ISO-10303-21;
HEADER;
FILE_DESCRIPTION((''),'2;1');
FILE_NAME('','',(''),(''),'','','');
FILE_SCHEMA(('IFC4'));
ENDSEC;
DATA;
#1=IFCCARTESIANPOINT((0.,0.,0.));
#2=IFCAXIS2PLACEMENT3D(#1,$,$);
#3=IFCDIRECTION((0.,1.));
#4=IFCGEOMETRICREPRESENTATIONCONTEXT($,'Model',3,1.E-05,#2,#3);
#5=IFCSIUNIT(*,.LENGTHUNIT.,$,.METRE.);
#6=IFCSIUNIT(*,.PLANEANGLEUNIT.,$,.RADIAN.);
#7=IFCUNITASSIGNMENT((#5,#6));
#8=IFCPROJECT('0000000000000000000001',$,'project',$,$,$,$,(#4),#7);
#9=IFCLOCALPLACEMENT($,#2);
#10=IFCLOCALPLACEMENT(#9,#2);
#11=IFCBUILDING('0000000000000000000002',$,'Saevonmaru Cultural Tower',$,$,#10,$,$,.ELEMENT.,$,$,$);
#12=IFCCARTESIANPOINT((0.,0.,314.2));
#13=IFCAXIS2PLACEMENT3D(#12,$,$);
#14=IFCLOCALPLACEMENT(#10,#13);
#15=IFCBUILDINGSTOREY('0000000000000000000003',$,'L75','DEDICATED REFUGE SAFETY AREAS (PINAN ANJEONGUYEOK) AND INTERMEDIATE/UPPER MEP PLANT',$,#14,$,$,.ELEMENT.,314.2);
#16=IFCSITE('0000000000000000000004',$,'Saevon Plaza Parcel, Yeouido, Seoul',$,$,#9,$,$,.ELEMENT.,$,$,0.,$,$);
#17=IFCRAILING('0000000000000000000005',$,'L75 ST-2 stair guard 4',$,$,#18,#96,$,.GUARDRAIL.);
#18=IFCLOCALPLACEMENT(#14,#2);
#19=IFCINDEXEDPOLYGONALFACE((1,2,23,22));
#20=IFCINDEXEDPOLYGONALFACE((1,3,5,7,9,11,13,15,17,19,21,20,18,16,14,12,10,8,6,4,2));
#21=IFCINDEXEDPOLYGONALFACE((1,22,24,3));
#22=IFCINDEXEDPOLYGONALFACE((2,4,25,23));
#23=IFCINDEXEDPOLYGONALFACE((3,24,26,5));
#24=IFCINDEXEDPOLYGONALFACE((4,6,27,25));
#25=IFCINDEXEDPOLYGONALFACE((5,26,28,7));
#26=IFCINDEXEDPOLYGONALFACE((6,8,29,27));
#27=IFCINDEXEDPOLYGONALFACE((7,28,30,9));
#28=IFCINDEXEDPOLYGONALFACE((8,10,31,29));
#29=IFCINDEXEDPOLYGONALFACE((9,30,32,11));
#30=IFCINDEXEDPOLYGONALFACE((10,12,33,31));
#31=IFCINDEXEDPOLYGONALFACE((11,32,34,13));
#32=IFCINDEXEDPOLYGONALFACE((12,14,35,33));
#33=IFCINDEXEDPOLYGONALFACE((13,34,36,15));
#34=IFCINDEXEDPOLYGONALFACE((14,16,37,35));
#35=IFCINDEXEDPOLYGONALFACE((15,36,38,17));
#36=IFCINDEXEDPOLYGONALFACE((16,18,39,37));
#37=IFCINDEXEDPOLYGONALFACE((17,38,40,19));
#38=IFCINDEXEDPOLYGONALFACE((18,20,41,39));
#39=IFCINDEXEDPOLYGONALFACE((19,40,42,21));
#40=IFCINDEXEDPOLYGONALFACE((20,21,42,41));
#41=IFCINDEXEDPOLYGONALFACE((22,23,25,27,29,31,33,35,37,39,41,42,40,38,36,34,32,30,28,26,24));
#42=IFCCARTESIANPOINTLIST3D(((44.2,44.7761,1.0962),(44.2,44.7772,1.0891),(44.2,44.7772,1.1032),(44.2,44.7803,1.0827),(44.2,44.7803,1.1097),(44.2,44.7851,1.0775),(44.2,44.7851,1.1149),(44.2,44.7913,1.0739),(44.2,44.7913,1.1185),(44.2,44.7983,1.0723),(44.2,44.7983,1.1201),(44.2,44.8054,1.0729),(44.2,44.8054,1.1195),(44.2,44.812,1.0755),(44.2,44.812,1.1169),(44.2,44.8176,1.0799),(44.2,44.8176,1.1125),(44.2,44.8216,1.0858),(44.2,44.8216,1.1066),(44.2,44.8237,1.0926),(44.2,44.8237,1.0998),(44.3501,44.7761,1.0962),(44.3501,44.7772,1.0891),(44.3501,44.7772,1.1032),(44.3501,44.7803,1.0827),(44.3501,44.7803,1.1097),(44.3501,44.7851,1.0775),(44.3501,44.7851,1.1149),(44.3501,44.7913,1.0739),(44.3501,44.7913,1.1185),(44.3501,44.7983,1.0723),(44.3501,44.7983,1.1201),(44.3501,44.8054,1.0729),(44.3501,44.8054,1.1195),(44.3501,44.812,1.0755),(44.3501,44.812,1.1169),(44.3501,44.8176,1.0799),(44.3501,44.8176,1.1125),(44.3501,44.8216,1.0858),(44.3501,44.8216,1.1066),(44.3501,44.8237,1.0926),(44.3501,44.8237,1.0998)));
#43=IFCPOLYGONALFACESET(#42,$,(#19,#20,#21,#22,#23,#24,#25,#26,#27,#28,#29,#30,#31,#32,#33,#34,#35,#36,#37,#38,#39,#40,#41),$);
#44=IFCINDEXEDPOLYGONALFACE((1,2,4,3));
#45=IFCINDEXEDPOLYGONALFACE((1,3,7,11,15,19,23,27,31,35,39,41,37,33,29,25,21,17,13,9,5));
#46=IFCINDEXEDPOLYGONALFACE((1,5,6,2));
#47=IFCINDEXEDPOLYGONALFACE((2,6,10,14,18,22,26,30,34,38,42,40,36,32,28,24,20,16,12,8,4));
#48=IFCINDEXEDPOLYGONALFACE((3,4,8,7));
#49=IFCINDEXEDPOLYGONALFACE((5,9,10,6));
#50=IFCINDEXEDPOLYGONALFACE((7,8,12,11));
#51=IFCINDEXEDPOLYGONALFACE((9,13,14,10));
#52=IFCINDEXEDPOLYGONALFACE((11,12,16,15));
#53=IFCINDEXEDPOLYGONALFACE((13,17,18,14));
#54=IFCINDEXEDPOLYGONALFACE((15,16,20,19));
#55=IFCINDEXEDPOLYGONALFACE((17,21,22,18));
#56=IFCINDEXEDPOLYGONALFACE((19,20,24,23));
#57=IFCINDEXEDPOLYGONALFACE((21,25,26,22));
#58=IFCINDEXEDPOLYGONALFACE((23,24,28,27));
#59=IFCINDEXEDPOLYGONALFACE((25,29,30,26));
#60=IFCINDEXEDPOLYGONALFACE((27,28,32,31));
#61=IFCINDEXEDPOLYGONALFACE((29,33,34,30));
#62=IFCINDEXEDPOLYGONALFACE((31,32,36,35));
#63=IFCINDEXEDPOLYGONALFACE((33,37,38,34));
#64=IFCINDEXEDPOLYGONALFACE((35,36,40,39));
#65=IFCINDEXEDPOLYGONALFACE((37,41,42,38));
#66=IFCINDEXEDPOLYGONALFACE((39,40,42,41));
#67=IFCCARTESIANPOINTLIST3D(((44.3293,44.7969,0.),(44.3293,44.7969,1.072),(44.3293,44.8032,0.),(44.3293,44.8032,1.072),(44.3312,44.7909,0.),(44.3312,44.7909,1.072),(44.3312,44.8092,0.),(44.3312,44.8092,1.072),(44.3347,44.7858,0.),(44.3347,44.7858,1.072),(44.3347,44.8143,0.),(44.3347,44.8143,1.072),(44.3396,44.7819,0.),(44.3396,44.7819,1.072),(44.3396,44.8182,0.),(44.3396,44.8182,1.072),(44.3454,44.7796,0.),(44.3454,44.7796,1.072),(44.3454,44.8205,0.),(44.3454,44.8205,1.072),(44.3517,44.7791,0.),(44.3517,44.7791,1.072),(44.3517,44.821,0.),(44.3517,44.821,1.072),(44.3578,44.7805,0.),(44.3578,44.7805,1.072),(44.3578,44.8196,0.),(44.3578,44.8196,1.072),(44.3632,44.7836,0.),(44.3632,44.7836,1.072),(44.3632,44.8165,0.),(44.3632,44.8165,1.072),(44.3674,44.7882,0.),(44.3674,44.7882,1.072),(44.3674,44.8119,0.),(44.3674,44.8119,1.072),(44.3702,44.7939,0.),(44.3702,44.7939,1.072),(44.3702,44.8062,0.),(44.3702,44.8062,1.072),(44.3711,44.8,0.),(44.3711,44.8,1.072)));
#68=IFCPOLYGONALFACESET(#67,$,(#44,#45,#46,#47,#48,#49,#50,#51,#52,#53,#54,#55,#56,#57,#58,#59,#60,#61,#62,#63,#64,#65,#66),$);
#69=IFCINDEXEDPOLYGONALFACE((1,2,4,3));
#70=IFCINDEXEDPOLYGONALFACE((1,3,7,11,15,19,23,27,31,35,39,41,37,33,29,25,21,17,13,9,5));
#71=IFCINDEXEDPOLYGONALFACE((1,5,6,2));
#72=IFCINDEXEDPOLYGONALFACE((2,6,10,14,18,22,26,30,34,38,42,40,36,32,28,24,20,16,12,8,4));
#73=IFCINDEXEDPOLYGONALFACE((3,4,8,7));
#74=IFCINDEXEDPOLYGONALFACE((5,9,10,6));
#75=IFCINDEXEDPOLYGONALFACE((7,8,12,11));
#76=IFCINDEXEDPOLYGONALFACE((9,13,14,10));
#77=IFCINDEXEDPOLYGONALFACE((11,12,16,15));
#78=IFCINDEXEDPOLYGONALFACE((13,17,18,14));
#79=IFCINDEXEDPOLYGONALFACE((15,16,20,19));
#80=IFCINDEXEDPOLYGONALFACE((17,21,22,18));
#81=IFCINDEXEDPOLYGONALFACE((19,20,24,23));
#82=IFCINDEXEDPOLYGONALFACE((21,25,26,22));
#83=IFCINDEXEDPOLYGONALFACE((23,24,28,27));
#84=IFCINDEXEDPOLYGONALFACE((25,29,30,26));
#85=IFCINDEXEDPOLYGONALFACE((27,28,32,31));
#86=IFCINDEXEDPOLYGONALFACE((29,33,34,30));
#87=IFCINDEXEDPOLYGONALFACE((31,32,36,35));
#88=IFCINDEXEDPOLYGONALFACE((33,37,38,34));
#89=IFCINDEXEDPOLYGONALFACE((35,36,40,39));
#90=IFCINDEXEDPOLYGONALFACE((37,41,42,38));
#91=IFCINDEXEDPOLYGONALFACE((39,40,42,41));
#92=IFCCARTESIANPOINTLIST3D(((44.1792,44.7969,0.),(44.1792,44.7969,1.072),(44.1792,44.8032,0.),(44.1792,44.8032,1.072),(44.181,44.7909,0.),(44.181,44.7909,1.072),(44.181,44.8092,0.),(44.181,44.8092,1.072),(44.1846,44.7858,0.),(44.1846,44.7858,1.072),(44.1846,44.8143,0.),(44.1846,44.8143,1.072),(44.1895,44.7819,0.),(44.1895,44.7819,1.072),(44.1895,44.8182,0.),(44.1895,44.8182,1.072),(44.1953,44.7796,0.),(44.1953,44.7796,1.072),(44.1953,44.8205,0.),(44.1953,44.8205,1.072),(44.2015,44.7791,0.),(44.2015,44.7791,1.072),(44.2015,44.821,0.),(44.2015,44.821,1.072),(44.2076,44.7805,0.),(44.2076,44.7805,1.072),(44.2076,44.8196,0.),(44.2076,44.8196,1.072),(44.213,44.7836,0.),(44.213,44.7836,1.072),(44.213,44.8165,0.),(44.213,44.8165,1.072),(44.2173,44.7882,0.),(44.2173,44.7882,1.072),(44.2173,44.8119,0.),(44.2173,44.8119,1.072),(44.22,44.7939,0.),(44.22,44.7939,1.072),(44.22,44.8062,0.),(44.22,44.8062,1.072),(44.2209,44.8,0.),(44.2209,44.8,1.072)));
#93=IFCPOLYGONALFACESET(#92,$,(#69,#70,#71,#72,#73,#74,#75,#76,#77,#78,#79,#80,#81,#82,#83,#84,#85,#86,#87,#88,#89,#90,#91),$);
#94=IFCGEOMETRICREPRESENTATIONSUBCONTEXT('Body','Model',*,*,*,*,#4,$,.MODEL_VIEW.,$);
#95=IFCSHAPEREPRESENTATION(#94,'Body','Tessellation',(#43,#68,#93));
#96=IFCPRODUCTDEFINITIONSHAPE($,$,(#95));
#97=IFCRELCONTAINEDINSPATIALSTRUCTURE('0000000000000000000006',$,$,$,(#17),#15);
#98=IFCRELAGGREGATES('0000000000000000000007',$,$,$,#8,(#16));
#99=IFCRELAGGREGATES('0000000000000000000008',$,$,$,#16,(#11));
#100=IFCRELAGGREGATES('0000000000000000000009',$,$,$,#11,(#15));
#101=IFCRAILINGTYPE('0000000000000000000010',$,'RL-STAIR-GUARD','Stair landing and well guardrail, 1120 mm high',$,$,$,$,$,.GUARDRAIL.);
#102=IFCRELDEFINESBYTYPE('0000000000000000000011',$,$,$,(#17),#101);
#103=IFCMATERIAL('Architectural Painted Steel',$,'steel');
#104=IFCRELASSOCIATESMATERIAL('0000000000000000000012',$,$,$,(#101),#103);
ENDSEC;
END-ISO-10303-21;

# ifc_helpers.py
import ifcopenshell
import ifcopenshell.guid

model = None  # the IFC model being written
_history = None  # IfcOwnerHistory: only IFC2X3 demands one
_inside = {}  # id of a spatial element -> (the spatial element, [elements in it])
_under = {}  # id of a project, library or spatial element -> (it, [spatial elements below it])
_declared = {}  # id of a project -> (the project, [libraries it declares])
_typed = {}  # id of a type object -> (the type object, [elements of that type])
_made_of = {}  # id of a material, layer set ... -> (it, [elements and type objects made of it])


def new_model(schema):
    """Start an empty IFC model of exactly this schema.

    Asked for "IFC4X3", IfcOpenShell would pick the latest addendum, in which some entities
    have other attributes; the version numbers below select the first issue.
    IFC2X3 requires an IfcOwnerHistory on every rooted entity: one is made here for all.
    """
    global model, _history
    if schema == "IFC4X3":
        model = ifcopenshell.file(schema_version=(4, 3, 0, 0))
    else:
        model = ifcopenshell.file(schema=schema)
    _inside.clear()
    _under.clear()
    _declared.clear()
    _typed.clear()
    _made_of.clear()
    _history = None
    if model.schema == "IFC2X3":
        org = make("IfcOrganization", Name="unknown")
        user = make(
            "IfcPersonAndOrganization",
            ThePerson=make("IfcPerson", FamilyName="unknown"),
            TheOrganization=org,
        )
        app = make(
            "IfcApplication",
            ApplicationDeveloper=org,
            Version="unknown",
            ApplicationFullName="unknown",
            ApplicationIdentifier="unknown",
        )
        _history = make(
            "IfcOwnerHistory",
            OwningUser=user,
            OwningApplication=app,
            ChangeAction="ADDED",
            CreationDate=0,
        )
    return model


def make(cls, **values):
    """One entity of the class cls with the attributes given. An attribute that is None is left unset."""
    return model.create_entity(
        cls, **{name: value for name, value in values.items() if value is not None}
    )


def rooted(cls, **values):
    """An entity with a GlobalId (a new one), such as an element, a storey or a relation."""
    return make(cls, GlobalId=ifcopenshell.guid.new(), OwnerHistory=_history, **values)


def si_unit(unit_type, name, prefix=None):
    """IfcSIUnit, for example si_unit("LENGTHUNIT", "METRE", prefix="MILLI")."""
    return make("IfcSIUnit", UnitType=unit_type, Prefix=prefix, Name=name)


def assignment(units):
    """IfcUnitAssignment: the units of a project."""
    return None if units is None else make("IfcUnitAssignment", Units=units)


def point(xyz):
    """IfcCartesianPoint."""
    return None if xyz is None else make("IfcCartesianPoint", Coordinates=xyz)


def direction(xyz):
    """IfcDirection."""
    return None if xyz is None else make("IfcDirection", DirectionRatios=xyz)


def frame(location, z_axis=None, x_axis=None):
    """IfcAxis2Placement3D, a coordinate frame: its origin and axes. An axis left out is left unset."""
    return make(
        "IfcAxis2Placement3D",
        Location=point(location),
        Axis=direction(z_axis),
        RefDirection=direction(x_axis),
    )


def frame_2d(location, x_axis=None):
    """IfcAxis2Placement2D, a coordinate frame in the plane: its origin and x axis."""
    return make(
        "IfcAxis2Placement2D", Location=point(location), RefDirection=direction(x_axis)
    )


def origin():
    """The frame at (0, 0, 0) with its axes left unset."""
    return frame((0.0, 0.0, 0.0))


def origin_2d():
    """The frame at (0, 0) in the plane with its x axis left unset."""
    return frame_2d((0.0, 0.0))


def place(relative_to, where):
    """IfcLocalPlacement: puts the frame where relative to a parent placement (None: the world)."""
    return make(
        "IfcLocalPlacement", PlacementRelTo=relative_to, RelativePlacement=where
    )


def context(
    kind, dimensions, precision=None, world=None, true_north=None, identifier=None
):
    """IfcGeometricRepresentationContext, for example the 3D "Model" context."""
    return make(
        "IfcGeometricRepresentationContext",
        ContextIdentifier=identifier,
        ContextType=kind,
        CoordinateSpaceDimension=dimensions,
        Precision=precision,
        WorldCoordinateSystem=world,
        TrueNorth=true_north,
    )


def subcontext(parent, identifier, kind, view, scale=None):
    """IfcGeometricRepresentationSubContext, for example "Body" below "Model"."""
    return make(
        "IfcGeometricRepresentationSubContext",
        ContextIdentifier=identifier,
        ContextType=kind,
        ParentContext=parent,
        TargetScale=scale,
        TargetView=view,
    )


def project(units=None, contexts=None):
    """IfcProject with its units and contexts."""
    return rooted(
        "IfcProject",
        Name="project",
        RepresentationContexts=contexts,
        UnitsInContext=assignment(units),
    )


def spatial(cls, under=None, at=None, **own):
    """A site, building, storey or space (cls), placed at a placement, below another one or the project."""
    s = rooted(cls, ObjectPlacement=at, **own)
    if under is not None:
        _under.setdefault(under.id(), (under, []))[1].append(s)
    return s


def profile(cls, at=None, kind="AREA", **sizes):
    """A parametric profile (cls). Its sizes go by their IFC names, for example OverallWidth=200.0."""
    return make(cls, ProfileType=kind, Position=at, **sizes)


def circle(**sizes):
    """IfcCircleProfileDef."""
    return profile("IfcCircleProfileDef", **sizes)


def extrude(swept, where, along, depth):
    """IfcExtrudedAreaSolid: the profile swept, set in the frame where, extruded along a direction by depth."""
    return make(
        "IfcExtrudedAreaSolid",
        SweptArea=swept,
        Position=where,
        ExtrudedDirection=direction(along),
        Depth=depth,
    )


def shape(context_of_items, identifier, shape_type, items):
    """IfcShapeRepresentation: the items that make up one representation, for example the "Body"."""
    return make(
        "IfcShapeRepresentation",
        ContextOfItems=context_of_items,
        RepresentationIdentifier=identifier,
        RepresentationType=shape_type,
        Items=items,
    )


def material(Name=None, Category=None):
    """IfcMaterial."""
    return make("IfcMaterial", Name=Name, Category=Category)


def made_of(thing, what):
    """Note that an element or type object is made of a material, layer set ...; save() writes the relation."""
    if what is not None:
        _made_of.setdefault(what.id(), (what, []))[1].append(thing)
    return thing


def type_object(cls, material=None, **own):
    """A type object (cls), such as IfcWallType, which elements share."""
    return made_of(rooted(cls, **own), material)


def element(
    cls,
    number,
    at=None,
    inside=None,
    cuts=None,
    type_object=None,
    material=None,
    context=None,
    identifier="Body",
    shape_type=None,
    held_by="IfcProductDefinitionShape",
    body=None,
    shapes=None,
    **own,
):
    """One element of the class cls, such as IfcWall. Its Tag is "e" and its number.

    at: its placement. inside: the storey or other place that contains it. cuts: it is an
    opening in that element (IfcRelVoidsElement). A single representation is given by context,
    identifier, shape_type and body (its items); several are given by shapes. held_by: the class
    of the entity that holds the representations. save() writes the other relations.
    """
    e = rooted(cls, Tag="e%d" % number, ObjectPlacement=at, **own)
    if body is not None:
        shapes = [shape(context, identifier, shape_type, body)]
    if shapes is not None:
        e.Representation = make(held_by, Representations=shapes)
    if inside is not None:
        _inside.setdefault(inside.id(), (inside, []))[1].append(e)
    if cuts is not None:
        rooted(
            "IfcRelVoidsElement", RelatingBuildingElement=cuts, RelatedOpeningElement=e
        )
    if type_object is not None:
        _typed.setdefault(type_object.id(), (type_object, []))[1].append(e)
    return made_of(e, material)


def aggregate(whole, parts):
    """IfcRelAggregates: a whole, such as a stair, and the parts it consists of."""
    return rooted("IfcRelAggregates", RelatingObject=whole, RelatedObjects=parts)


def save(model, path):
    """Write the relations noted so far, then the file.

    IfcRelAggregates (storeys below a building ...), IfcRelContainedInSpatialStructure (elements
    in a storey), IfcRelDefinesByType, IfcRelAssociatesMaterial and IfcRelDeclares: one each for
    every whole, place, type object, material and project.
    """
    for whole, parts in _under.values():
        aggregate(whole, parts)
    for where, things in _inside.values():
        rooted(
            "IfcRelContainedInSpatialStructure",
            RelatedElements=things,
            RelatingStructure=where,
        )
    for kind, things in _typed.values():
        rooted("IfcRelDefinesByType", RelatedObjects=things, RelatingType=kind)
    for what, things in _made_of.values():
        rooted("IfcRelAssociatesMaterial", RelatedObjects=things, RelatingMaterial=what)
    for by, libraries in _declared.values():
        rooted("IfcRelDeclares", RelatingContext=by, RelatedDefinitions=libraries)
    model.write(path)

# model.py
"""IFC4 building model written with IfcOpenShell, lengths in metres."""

from ifc_helpers import new_model, si_unit, direction, frame, origin, origin_2d, place, context, subcontext, project, spatial, circle, extrude, material, type_object, element, save


model = new_model("IFC4")

# Units and contexts
model_context = context("Model", 3, precision=1e-05, world=origin(), true_north=direction((0.0, 1.0)))
body_context = subcontext(model_context, "Body", "Model", "MODEL_VIEW")
ifc_project = project(units=[si_unit("LENGTHUNIT", "METRE"), si_unit("PLANEANGLEUNIT", "RADIAN")], contexts=[model_context])

# Site, building, storey
site_placement = place(None, origin())
site = spatial("IfcSite", under=ifc_project, at=site_placement, Name="Saevon Plaza Parcel, Yeouido, Seoul", CompositionType="ELEMENT", RefElevation=0.0)
building_placement = place(site_placement, origin())
building = spatial("IfcBuilding", under=site, at=building_placement, Name="Saevonmaru Cultural Tower", CompositionType="ELEMENT")
storey_placement = place(building_placement, frame((0.0, 0.0, 314.2)))
storey = spatial("IfcBuildingStorey", under=building, at=storey_placement, Name="L75", Description="DEDICATED REFUGE SAFETY AREAS (PINAN ANJEONGUYEOK) AND INTERMEDIATE/UPPER MEP PLANT", CompositionType="ELEMENT", Elevation=314.2)

# Railing
ifc_material_1 = material(Name="Architectural Painted Steel", Category="steel")
railing_type_1 = type_object("IfcRailingType", Name="RL-STAIR-GUARD", Description="Stair landing and well guardrail, 1120 mm high", PredefinedType="GUARDRAIL", material=ifc_material_1)
railing_1_placement = place(storey_placement, frame((44.3501, 44.8, 0.0)))
element("IfcRailing", 1, at=railing_1_placement, inside=storey, type_object=railing_type_1, Name="L75 ST-2 stair guard 4", PredefinedType="GUARDRAIL", context=body_context, shape_type="SweptSolid", body=[
    extrude(circle(Radius=0.0239, at=origin_2d()), frame((0.0, 0.0, 1.0962), z_axis=(-1.0, 0.0, 0.0), x_axis=(0.0, -1.0, 0.0)), (0.0, 0.0, 1.0), 0.1501),
    extrude(circle(Radius=0.021, at=origin_2d()), origin(), (0.0, 0.0, 1.0), 1.072),
    extrude(circle(Radius=0.021, at=origin_2d()), frame((-0.1501, 0.0, 0.0)), (0.0, 0.0, 1.0), 1.072),
])

save(model, "model.ifc")
